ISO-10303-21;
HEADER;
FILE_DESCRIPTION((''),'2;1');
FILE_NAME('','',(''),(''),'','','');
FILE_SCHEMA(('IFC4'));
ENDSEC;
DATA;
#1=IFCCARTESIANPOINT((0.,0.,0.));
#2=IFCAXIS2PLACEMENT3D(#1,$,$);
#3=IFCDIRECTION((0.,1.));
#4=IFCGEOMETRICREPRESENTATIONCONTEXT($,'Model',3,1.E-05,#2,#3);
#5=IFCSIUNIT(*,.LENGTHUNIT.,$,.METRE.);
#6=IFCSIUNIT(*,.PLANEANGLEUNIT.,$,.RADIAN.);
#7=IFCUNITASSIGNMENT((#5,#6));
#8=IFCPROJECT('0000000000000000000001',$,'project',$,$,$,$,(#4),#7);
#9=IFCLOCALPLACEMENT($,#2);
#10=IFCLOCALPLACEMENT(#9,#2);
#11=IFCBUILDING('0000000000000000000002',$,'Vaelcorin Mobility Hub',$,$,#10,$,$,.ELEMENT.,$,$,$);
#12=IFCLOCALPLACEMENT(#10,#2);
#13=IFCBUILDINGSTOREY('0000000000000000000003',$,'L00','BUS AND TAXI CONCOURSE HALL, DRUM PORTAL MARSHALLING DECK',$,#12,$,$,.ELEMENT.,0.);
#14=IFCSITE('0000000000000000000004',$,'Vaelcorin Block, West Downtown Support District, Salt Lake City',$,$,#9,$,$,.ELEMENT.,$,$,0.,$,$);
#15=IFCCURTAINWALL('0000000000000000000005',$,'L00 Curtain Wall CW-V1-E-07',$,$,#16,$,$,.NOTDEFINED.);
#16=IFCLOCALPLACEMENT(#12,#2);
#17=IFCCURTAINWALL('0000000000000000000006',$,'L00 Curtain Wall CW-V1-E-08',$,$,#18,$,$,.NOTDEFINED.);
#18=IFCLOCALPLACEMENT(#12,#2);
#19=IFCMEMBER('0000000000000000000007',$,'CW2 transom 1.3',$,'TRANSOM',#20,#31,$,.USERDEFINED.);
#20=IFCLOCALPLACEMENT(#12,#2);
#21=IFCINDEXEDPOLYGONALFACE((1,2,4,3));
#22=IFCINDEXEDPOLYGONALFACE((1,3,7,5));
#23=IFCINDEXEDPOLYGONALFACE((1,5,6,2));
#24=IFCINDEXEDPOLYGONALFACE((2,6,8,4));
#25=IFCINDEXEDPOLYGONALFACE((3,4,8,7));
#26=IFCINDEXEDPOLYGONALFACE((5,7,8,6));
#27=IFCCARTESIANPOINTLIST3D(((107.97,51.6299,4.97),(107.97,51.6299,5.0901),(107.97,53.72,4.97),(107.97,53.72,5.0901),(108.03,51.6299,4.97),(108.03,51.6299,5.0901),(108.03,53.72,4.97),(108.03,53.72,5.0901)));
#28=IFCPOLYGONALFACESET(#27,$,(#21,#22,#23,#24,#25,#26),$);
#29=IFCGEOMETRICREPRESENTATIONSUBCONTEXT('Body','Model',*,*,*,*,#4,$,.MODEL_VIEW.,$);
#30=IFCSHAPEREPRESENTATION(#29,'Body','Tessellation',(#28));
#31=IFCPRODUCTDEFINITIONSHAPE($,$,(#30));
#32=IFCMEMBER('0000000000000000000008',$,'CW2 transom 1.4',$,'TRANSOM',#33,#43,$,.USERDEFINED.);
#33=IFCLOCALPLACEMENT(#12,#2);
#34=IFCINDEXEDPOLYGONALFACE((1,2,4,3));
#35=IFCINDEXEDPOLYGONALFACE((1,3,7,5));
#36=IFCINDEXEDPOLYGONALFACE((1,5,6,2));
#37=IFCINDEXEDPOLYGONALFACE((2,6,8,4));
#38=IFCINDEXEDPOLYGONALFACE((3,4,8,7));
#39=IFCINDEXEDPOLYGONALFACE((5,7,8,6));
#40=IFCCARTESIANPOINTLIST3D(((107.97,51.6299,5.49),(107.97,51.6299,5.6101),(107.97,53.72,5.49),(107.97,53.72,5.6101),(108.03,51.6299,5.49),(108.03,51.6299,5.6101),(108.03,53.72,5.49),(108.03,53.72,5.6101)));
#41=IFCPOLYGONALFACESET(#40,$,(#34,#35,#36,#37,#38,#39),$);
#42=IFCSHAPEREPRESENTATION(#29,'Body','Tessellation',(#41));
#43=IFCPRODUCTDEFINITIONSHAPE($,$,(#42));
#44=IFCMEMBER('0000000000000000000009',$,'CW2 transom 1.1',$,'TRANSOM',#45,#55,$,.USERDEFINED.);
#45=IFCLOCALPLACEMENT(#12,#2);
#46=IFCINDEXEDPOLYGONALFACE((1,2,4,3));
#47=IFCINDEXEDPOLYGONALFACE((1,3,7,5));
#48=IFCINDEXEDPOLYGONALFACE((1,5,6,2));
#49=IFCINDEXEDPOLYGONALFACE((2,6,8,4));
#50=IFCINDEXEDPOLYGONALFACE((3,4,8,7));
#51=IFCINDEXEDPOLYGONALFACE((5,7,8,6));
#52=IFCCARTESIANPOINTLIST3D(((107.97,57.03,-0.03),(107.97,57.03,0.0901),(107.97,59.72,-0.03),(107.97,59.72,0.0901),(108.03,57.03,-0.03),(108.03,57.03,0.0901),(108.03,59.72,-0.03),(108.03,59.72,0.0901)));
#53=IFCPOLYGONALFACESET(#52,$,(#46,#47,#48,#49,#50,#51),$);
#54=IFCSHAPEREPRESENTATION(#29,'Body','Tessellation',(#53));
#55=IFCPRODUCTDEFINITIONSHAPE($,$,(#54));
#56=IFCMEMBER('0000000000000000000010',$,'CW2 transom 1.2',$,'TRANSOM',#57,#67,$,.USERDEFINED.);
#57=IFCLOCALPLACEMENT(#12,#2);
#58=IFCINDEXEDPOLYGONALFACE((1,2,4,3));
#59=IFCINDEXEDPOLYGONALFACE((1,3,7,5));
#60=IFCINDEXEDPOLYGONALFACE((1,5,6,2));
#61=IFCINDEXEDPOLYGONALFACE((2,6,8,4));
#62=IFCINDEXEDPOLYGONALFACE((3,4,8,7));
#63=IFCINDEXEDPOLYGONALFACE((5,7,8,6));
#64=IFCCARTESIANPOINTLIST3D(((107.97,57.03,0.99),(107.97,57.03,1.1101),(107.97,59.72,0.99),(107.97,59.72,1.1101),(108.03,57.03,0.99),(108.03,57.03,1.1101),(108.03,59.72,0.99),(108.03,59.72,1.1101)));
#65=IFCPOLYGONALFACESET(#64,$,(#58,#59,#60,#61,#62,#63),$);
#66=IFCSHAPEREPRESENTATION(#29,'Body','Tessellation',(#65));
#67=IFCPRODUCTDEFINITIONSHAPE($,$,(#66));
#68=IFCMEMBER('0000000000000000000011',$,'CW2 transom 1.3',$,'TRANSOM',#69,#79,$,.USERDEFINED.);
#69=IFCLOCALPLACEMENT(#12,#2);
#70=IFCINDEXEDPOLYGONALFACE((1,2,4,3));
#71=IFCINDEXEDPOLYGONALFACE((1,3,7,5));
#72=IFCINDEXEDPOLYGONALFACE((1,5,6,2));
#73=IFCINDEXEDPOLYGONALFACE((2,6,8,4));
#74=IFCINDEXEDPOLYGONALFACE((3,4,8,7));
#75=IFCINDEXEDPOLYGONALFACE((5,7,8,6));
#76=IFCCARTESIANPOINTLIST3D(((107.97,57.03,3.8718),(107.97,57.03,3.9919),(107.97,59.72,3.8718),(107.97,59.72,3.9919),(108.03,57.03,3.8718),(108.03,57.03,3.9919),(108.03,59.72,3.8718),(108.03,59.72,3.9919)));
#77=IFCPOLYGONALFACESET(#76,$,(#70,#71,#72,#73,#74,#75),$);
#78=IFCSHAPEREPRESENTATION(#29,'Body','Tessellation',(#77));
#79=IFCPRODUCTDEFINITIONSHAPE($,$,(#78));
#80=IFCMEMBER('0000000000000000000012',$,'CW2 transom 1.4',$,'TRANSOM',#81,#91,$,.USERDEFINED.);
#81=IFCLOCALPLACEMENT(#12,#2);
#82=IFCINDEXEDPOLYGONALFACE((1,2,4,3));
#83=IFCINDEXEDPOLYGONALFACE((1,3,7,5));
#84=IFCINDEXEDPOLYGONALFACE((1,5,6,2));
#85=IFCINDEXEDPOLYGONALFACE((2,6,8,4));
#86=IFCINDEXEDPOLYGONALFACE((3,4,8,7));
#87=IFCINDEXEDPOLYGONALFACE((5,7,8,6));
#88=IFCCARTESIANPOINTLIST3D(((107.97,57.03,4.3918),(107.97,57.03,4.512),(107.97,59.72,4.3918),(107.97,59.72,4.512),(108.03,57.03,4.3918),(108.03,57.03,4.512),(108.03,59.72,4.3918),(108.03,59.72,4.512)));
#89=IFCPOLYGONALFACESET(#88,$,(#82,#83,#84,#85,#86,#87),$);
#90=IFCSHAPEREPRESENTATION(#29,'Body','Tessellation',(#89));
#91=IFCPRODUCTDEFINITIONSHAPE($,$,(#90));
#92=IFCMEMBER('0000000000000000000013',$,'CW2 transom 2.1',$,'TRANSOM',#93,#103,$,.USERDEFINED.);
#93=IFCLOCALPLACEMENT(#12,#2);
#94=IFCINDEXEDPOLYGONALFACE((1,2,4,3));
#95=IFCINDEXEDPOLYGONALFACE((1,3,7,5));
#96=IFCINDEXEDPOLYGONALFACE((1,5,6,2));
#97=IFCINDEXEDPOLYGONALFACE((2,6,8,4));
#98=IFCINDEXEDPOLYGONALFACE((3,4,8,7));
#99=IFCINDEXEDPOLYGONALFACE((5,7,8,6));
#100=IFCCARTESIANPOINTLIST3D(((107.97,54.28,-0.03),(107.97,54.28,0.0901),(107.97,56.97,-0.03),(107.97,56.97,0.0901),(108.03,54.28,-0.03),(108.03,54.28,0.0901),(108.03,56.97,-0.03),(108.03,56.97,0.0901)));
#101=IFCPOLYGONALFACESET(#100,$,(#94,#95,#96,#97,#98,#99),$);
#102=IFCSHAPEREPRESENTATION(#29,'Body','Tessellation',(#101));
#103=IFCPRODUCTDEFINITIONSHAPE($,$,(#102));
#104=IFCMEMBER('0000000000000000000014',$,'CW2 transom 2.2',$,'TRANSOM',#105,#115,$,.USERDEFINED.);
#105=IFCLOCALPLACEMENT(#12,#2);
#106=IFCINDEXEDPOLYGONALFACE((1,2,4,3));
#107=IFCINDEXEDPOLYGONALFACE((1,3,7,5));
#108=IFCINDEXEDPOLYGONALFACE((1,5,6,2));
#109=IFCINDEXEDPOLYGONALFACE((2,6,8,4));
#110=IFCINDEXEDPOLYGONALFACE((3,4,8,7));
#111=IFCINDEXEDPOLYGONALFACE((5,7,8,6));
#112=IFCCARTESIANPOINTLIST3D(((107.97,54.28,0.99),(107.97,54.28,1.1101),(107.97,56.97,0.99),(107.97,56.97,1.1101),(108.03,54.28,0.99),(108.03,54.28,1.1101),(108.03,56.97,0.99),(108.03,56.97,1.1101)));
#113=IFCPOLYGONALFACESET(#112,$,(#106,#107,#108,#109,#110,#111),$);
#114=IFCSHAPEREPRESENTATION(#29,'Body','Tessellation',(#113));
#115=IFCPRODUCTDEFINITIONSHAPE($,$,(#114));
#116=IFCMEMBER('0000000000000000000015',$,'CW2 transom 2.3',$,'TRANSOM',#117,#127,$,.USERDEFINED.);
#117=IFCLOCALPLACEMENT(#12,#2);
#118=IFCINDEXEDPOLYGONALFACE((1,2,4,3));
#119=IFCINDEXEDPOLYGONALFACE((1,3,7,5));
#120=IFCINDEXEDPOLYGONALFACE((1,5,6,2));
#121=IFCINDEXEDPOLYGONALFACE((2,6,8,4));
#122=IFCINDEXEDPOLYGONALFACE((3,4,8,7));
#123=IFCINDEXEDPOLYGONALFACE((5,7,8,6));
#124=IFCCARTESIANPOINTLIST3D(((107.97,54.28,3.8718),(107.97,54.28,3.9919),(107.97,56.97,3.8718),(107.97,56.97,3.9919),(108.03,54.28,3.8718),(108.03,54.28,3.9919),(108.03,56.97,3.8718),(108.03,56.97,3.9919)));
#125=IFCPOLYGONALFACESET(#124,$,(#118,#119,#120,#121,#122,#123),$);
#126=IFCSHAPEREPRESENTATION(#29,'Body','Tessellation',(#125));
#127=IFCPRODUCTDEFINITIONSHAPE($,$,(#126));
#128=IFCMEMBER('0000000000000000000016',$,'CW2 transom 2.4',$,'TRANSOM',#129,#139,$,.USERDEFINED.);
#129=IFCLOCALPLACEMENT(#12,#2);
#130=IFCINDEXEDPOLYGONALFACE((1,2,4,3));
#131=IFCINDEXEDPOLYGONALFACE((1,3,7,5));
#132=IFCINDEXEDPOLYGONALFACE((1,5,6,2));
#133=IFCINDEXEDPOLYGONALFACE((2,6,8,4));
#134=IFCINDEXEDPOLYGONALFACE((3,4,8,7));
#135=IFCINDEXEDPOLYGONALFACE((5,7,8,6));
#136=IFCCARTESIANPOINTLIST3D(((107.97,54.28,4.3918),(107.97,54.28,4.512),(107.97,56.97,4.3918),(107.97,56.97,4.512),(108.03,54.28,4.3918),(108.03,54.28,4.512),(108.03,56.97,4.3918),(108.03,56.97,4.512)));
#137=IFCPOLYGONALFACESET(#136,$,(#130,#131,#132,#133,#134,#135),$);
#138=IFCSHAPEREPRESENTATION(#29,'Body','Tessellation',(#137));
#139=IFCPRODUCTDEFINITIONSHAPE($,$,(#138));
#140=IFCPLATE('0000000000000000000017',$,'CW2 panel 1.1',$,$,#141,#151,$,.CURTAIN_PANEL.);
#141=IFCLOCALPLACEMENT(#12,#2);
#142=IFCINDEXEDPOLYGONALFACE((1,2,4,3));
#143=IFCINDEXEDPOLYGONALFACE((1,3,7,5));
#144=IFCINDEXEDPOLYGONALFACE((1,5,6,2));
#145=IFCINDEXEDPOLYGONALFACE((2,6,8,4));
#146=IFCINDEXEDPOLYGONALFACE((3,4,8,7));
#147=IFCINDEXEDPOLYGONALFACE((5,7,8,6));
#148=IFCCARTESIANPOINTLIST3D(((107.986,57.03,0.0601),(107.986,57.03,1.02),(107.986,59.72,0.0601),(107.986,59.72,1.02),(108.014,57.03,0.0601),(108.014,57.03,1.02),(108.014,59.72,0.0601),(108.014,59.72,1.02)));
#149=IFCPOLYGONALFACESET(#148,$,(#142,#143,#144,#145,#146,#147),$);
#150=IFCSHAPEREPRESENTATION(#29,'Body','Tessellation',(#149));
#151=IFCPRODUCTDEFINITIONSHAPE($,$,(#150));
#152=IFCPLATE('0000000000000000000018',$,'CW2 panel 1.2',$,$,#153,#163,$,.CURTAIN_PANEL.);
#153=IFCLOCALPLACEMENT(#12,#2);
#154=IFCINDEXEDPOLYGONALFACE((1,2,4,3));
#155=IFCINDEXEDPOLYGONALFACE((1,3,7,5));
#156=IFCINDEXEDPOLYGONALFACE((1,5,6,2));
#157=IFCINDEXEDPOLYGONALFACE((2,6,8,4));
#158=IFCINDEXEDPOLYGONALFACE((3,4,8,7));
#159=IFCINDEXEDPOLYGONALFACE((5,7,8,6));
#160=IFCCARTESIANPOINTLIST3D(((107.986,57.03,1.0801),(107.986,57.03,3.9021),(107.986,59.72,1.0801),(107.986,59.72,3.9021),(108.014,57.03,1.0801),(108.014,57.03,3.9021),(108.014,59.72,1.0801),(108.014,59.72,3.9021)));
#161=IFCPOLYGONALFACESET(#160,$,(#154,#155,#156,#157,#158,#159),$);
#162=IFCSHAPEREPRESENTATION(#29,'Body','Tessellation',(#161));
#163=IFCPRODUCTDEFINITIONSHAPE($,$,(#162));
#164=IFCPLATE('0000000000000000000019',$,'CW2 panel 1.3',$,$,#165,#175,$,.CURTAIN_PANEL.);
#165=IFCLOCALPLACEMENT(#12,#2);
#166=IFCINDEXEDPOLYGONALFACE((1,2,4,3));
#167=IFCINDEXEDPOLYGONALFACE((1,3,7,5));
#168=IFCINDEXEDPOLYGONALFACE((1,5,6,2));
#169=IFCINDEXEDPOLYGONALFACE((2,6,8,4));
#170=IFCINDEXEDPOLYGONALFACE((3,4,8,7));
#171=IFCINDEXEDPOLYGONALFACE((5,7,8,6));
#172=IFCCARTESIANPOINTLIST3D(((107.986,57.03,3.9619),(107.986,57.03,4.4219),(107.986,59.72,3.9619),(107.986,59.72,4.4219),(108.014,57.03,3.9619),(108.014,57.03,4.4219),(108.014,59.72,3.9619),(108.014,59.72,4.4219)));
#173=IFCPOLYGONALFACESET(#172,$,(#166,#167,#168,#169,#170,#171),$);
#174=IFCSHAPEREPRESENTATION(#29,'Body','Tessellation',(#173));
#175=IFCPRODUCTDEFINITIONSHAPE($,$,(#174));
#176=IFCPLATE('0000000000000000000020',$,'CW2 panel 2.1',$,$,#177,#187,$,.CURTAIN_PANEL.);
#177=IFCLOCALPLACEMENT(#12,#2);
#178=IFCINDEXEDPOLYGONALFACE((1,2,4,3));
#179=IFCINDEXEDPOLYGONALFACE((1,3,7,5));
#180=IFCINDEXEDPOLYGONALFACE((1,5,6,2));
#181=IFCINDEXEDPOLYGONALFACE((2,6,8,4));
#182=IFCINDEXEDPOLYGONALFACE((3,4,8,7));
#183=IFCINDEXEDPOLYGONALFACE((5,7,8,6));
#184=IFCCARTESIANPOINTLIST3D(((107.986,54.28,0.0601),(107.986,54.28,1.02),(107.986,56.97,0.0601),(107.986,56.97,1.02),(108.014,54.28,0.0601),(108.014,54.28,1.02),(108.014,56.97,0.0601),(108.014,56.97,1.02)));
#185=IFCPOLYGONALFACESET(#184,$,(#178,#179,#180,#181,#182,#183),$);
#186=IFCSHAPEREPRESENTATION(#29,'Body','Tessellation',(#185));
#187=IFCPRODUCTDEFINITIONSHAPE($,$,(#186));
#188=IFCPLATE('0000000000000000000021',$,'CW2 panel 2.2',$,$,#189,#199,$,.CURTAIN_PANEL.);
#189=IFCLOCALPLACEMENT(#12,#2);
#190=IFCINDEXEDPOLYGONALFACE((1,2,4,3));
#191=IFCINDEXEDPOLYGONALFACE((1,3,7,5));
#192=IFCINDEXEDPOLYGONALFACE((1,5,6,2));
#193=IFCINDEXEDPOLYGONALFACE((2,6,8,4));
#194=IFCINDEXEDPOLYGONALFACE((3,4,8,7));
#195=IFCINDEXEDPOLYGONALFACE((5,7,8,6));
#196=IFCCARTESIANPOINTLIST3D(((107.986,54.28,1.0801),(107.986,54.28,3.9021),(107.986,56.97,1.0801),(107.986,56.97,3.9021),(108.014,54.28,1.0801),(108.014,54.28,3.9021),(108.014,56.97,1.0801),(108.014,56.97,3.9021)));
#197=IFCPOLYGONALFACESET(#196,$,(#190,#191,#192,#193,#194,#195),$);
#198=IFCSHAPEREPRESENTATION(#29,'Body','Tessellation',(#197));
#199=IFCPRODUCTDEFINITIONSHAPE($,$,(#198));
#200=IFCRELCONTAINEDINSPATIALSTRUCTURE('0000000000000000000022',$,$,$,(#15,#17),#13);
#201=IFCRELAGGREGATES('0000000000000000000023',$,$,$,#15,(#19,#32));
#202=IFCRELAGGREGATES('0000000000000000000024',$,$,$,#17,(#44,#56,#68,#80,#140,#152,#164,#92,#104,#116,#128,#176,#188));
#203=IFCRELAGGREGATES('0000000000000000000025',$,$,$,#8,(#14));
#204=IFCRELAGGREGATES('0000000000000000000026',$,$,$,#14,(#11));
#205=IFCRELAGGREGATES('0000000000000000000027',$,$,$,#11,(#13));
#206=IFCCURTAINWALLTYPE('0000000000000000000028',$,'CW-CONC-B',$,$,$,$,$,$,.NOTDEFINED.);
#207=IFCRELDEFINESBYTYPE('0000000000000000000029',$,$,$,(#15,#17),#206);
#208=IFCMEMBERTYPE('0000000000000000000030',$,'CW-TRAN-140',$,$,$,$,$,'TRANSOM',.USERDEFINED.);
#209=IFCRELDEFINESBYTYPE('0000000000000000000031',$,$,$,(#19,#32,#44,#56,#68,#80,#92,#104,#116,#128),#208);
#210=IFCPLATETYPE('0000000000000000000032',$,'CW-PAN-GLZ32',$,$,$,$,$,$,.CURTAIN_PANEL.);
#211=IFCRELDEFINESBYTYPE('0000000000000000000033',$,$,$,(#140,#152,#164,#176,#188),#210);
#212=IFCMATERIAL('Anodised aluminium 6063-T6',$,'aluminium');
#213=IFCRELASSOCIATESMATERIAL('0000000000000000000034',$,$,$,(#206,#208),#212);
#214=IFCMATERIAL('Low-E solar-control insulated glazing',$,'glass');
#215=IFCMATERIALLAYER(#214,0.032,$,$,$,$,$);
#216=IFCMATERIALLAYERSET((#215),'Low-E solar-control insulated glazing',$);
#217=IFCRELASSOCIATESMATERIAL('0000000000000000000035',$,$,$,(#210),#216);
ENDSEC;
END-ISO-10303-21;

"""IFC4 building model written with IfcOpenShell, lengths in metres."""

from ifc_helpers import new_model, si_unit, direction, frame, origin, origin_2d, place, context, subcontext, project, spatial, rectangle, extrude, material, layer, layer_set, material_profile, profile_set, type_object, element, aggregate, save


model = new_model("IFC4")

# Units and contexts
model_context = context("Model", 3, precision=1e-05, world=origin(), true_north=direction((0.0, 1.0)))
body_context = subcontext(model_context, "Body", "Model", "MODEL_VIEW")
ifc_project = project(units=[si_unit("LENGTHUNIT", "METRE"), si_unit("PLANEANGLEUNIT", "RADIAN")], contexts=[model_context])

# Site, building, storey
site_placement = place(None, origin())
site = spatial("IfcSite", under=ifc_project, at=site_placement, Name="Vaelcorin Block, West Downtown Support District, Salt Lake City", CompositionType="ELEMENT", RefElevation=0.0)
building_placement = place(site_placement, origin())
building = spatial("IfcBuilding", under=site, at=building_placement, Name="Vaelcorin Mobility Hub", CompositionType="ELEMENT")
storey_placement = place(building_placement, origin())
storey = spatial("IfcBuildingStorey", under=building, at=storey_placement, Name="L00", Description="BUS AND TAXI CONCOURSE HALL, DRUM PORTAL MARSHALLING DECK", CompositionType="ELEMENT", Elevation=0.0)

# Curtain wall
ifc_material_1 = material(Name="Anodised aluminium 6063-T6", Category="aluminium")
curtain_wall_type_1 = type_object("IfcCurtainWallType", Name="CW-CONC-B", PredefinedType="NOTDEFINED", material=ifc_material_1)
curtain_wall_1_placement = place(storey_placement, origin())
curtain_wall_1 = element("IfcCurtainWall", 1, at=curtain_wall_1_placement, inside=storey, type_object=curtain_wall_type_1, Name="L00 Curtain Wall CW-V1-E-07", PredefinedType="NOTDEFINED")

# Curtain wall
curtain_wall_2_placement = place(storey_placement, origin())
curtain_wall_2 = element("IfcCurtainWall", 2, at=curtain_wall_2_placement, inside=storey, type_object=curtain_wall_type_1, Name="L00 Curtain Wall CW-V1-E-08", PredefinedType="NOTDEFINED")

# Members
ifc_material_profile_1 = material_profile(ifc_material_1, rectangle(XDim=0.0601, YDim=0.1201, at=origin_2d()), Name="ALU-T60X120")
ifc_profile_set_1 = profile_set([ifc_material_profile_1], Name="Anodised aluminium 6063-T6")
member_type_1 = type_object("IfcMemberType", Name="CW-TRAN-140", ElementType="TRANSOM", PredefinedType="USERDEFINED", material=ifc_profile_set_1)
member_1_placement = place(storey_placement, frame((108.0, 53.72, 5.03), z_axis=(0.0, -1.0, 0.0), x_axis=(1.0, 0.0, 0.0)))
member_1 = element("IfcMember", 3, at=member_1_placement, type_object=member_type_1, Name="CW2 transom 1.3", ObjectType="TRANSOM", PredefinedType="USERDEFINED", context=body_context, shape_type="SweptSolid", body=[
    extrude(rectangle(XDim=0.0601, YDim=0.1201, at=origin_2d()), origin(), (0.0, 0.0, 1.0), 2.0901),
])
member_2_placement = place(storey_placement, frame((108.0, 53.72, 5.55), z_axis=(0.0, -1.0, 0.0), x_axis=(1.0, 0.0, 0.0)))
member_2 = element("IfcMember", 4, at=member_2_placement, type_object=member_type_1, Name="CW2 transom 1.4", ObjectType="TRANSOM", PredefinedType="USERDEFINED", context=body_context, shape_type="SweptSolid", body=[
    extrude(rectangle(XDim=0.0601, YDim=0.1201, at=origin_2d()), origin(), (0.0, 0.0, 1.0), 2.0901),
])
aggregate(curtain_wall_1, [member_1, member_2])
member_3_placement = place(storey_placement, frame((108.0, 59.72, 0.03), z_axis=(0.0, -1.0, 0.0), x_axis=(1.0, 0.0, 0.0)))
member_3 = element("IfcMember", 5, at=member_3_placement, type_object=member_type_1, Name="CW2 transom 1.1", ObjectType="TRANSOM", PredefinedType="USERDEFINED", context=body_context, shape_type="SweptSolid", body=[
    extrude(rectangle(XDim=0.0601, YDim=0.1201, at=origin_2d()), origin(), (0.0, 0.0, 1.0), 2.6899),
])
member_4_placement = place(storey_placement, frame((108.0, 59.72, 1.05), z_axis=(0.0, -1.0, 0.0), x_axis=(1.0, 0.0, 0.0)))
member_4 = element("IfcMember", 6, at=member_4_placement, type_object=member_type_1, Name="CW2 transom 1.2", ObjectType="TRANSOM", PredefinedType="USERDEFINED", context=body_context, shape_type="SweptSolid", body=[
    extrude(rectangle(XDim=0.0601, YDim=0.1201, at=origin_2d()), origin(), (0.0, 0.0, 1.0), 2.6899),
])
member_5_placement = place(storey_placement, frame((108.0, 59.72, 3.9319), z_axis=(0.0, -1.0, 0.0), x_axis=(1.0, 0.0, 0.0)))
member_5 = element("IfcMember", 7, at=member_5_placement, type_object=member_type_1, Name="CW2 transom 1.3", ObjectType="TRANSOM", PredefinedType="USERDEFINED", context=body_context, shape_type="SweptSolid", body=[
    extrude(rectangle(XDim=0.0601, YDim=0.1201, at=origin_2d()), origin(), (0.0, 0.0, 1.0), 2.6899),
])
member_6_placement = place(storey_placement, frame((108.0, 59.72, 4.4519), z_axis=(0.0, -1.0, 0.0), x_axis=(1.0, 0.0, 0.0)))
member_6 = element("IfcMember", 8, at=member_6_placement, type_object=member_type_1, Name="CW2 transom 1.4", ObjectType="TRANSOM", PredefinedType="USERDEFINED", context=body_context, shape_type="SweptSolid", body=[
    extrude(rectangle(XDim=0.0601, YDim=0.1201, at=origin_2d()), origin(), (0.0, 0.0, 1.0), 2.6899),
])
member_7_placement = place(storey_placement, frame((108.0, 56.97, 0.03), z_axis=(0.0, -1.0, 0.0), x_axis=(1.0, 0.0, 0.0)))
member_7 = element("IfcMember", 9, at=member_7_placement, type_object=member_type_1, Name="CW2 transom 2.1", ObjectType="TRANSOM", PredefinedType="USERDEFINED", context=body_context, shape_type="SweptSolid", body=[
    extrude(rectangle(XDim=0.0601, YDim=0.1201, at=origin_2d()), origin(), (0.0, 0.0, 1.0), 2.6899),
])
member_8_placement = place(storey_placement, frame((108.0, 56.97, 1.05), z_axis=(0.0, -1.0, 0.0), x_axis=(1.0, 0.0, 0.0)))
member_8 = element("IfcMember", 10, at=member_8_placement, type_object=member_type_1, Name="CW2 transom 2.2", ObjectType="TRANSOM", PredefinedType="USERDEFINED", context=body_context, shape_type="SweptSolid", body=[
    extrude(rectangle(XDim=0.0601, YDim=0.1201, at=origin_2d()), origin(), (0.0, 0.0, 1.0), 2.6899),
])
member_9_placement = place(storey_placement, frame((108.0, 56.97, 3.9319), z_axis=(0.0, -1.0, 0.0), x_axis=(1.0, 0.0, 0.0)))
member_9 = element("IfcMember", 11, at=member_9_placement, type_object=member_type_1, Name="CW2 transom 2.3", ObjectType="TRANSOM", PredefinedType="USERDEFINED", context=body_context, shape_type="SweptSolid", body=[
    extrude(rectangle(XDim=0.0601, YDim=0.1201, at=origin_2d()), origin(), (0.0, 0.0, 1.0), 2.6899),
])
member_10_placement = place(storey_placement, frame((108.0, 56.97, 4.4519), z_axis=(0.0, -1.0, 0.0), x_axis=(1.0, 0.0, 0.0)))
member_10 = element("IfcMember", 12, at=member_10_placement, type_object=member_type_1, Name="CW2 transom 2.4", ObjectType="TRANSOM", PredefinedType="USERDEFINED", context=body_context, shape_type="SweptSolid", body=[
    extrude(rectangle(XDim=0.0601, YDim=0.1201, at=origin_2d()), origin(), (0.0, 0.0, 1.0), 2.6899),
])

# Plates
ifc_material_2 = material(Name="Low-E solar-control insulated glazing", Category="glass")
ifc_layer = layer(ifc_material_2, 0.032)
ifc_layer_set = layer_set([ifc_layer], Name="Low-E solar-control insulated glazing")
plate_type = type_object("IfcPlateType", Name="CW-PAN-GLZ32", PredefinedType="CURTAIN_PANEL", material=ifc_layer_set)
plate_1_placement = place(storey_placement, frame((108.0, 58.375, 0.0601), z_axis=(0.0, 0.0, 1.0), x_axis=(0.0, -1.0, 0.0)))
plate_1 = element("IfcPlate", 13, at=plate_1_placement, type_object=plate_type, Name="CW2 panel 1.1", PredefinedType="CURTAIN_PANEL", context=body_context, shape_type="SweptSolid", body=[
    extrude(rectangle(XDim=2.6899, YDim=0.0281, at=origin_2d()), origin(), (0.0, 0.0, 1.0), 0.96),
])
plate_2_placement = place(storey_placement, frame((108.0, 58.375, 1.0801), z_axis=(0.0, 0.0, 1.0), x_axis=(0.0, -1.0, 0.0)))
plate_2 = element("IfcPlate", 14, at=plate_2_placement, type_object=plate_type, Name="CW2 panel 1.2", PredefinedType="CURTAIN_PANEL", context=body_context, shape_type="SweptSolid", body=[
    extrude(rectangle(XDim=2.6899, YDim=0.0281, at=origin_2d()), origin(), (0.0, 0.0, 1.0), 2.822),
])
plate_3_placement = place(storey_placement, frame((108.0, 58.375, 3.9619), z_axis=(0.0, 0.0, 1.0), x_axis=(0.0, -1.0, 0.0)))
plate_3 = element("IfcPlate", 15, at=plate_3_placement, type_object=plate_type, Name="CW2 panel 1.3", PredefinedType="CURTAIN_PANEL", context=body_context, shape_type="SweptSolid", body=[
    extrude(rectangle(XDim=2.6899, YDim=0.0281, at=origin_2d()), origin(), (0.0, 0.0, 1.0), 0.46),
])
plate_4_placement = place(storey_placement, frame((108.0, 55.625, 0.0601), z_axis=(0.0, 0.0, 1.0), x_axis=(0.0, -1.0, 0.0)))
plate_4 = element("IfcPlate", 16, at=plate_4_placement, type_object=plate_type, Name="CW2 panel 2.1", PredefinedType="CURTAIN_PANEL", context=body_context, shape_type="SweptSolid", body=[
    extrude(rectangle(XDim=2.6899, YDim=0.0281, at=origin_2d()), origin(), (0.0, 0.0, 1.0), 0.96),
])
plate_5_placement = place(storey_placement, frame((108.0, 55.625, 1.0801), z_axis=(0.0, 0.0, 1.0), x_axis=(0.0, -1.0, 0.0)))
plate_5 = element("IfcPlate", 17, at=plate_5_placement, type_object=plate_type, Name="CW2 panel 2.2", PredefinedType="CURTAIN_PANEL", context=body_context, shape_type="SweptSolid", body=[
    extrude(rectangle(XDim=2.6899, YDim=0.0281, at=origin_2d()), origin(), (0.0, 0.0, 1.0), 2.822),
])
aggregate(curtain_wall_2, [member_3, member_4, member_5, member_6, plate_1, plate_2, plate_3, member_7, member_8, member_9, member_10, plate_4, plate_5])

save(model, "model.ifc")
